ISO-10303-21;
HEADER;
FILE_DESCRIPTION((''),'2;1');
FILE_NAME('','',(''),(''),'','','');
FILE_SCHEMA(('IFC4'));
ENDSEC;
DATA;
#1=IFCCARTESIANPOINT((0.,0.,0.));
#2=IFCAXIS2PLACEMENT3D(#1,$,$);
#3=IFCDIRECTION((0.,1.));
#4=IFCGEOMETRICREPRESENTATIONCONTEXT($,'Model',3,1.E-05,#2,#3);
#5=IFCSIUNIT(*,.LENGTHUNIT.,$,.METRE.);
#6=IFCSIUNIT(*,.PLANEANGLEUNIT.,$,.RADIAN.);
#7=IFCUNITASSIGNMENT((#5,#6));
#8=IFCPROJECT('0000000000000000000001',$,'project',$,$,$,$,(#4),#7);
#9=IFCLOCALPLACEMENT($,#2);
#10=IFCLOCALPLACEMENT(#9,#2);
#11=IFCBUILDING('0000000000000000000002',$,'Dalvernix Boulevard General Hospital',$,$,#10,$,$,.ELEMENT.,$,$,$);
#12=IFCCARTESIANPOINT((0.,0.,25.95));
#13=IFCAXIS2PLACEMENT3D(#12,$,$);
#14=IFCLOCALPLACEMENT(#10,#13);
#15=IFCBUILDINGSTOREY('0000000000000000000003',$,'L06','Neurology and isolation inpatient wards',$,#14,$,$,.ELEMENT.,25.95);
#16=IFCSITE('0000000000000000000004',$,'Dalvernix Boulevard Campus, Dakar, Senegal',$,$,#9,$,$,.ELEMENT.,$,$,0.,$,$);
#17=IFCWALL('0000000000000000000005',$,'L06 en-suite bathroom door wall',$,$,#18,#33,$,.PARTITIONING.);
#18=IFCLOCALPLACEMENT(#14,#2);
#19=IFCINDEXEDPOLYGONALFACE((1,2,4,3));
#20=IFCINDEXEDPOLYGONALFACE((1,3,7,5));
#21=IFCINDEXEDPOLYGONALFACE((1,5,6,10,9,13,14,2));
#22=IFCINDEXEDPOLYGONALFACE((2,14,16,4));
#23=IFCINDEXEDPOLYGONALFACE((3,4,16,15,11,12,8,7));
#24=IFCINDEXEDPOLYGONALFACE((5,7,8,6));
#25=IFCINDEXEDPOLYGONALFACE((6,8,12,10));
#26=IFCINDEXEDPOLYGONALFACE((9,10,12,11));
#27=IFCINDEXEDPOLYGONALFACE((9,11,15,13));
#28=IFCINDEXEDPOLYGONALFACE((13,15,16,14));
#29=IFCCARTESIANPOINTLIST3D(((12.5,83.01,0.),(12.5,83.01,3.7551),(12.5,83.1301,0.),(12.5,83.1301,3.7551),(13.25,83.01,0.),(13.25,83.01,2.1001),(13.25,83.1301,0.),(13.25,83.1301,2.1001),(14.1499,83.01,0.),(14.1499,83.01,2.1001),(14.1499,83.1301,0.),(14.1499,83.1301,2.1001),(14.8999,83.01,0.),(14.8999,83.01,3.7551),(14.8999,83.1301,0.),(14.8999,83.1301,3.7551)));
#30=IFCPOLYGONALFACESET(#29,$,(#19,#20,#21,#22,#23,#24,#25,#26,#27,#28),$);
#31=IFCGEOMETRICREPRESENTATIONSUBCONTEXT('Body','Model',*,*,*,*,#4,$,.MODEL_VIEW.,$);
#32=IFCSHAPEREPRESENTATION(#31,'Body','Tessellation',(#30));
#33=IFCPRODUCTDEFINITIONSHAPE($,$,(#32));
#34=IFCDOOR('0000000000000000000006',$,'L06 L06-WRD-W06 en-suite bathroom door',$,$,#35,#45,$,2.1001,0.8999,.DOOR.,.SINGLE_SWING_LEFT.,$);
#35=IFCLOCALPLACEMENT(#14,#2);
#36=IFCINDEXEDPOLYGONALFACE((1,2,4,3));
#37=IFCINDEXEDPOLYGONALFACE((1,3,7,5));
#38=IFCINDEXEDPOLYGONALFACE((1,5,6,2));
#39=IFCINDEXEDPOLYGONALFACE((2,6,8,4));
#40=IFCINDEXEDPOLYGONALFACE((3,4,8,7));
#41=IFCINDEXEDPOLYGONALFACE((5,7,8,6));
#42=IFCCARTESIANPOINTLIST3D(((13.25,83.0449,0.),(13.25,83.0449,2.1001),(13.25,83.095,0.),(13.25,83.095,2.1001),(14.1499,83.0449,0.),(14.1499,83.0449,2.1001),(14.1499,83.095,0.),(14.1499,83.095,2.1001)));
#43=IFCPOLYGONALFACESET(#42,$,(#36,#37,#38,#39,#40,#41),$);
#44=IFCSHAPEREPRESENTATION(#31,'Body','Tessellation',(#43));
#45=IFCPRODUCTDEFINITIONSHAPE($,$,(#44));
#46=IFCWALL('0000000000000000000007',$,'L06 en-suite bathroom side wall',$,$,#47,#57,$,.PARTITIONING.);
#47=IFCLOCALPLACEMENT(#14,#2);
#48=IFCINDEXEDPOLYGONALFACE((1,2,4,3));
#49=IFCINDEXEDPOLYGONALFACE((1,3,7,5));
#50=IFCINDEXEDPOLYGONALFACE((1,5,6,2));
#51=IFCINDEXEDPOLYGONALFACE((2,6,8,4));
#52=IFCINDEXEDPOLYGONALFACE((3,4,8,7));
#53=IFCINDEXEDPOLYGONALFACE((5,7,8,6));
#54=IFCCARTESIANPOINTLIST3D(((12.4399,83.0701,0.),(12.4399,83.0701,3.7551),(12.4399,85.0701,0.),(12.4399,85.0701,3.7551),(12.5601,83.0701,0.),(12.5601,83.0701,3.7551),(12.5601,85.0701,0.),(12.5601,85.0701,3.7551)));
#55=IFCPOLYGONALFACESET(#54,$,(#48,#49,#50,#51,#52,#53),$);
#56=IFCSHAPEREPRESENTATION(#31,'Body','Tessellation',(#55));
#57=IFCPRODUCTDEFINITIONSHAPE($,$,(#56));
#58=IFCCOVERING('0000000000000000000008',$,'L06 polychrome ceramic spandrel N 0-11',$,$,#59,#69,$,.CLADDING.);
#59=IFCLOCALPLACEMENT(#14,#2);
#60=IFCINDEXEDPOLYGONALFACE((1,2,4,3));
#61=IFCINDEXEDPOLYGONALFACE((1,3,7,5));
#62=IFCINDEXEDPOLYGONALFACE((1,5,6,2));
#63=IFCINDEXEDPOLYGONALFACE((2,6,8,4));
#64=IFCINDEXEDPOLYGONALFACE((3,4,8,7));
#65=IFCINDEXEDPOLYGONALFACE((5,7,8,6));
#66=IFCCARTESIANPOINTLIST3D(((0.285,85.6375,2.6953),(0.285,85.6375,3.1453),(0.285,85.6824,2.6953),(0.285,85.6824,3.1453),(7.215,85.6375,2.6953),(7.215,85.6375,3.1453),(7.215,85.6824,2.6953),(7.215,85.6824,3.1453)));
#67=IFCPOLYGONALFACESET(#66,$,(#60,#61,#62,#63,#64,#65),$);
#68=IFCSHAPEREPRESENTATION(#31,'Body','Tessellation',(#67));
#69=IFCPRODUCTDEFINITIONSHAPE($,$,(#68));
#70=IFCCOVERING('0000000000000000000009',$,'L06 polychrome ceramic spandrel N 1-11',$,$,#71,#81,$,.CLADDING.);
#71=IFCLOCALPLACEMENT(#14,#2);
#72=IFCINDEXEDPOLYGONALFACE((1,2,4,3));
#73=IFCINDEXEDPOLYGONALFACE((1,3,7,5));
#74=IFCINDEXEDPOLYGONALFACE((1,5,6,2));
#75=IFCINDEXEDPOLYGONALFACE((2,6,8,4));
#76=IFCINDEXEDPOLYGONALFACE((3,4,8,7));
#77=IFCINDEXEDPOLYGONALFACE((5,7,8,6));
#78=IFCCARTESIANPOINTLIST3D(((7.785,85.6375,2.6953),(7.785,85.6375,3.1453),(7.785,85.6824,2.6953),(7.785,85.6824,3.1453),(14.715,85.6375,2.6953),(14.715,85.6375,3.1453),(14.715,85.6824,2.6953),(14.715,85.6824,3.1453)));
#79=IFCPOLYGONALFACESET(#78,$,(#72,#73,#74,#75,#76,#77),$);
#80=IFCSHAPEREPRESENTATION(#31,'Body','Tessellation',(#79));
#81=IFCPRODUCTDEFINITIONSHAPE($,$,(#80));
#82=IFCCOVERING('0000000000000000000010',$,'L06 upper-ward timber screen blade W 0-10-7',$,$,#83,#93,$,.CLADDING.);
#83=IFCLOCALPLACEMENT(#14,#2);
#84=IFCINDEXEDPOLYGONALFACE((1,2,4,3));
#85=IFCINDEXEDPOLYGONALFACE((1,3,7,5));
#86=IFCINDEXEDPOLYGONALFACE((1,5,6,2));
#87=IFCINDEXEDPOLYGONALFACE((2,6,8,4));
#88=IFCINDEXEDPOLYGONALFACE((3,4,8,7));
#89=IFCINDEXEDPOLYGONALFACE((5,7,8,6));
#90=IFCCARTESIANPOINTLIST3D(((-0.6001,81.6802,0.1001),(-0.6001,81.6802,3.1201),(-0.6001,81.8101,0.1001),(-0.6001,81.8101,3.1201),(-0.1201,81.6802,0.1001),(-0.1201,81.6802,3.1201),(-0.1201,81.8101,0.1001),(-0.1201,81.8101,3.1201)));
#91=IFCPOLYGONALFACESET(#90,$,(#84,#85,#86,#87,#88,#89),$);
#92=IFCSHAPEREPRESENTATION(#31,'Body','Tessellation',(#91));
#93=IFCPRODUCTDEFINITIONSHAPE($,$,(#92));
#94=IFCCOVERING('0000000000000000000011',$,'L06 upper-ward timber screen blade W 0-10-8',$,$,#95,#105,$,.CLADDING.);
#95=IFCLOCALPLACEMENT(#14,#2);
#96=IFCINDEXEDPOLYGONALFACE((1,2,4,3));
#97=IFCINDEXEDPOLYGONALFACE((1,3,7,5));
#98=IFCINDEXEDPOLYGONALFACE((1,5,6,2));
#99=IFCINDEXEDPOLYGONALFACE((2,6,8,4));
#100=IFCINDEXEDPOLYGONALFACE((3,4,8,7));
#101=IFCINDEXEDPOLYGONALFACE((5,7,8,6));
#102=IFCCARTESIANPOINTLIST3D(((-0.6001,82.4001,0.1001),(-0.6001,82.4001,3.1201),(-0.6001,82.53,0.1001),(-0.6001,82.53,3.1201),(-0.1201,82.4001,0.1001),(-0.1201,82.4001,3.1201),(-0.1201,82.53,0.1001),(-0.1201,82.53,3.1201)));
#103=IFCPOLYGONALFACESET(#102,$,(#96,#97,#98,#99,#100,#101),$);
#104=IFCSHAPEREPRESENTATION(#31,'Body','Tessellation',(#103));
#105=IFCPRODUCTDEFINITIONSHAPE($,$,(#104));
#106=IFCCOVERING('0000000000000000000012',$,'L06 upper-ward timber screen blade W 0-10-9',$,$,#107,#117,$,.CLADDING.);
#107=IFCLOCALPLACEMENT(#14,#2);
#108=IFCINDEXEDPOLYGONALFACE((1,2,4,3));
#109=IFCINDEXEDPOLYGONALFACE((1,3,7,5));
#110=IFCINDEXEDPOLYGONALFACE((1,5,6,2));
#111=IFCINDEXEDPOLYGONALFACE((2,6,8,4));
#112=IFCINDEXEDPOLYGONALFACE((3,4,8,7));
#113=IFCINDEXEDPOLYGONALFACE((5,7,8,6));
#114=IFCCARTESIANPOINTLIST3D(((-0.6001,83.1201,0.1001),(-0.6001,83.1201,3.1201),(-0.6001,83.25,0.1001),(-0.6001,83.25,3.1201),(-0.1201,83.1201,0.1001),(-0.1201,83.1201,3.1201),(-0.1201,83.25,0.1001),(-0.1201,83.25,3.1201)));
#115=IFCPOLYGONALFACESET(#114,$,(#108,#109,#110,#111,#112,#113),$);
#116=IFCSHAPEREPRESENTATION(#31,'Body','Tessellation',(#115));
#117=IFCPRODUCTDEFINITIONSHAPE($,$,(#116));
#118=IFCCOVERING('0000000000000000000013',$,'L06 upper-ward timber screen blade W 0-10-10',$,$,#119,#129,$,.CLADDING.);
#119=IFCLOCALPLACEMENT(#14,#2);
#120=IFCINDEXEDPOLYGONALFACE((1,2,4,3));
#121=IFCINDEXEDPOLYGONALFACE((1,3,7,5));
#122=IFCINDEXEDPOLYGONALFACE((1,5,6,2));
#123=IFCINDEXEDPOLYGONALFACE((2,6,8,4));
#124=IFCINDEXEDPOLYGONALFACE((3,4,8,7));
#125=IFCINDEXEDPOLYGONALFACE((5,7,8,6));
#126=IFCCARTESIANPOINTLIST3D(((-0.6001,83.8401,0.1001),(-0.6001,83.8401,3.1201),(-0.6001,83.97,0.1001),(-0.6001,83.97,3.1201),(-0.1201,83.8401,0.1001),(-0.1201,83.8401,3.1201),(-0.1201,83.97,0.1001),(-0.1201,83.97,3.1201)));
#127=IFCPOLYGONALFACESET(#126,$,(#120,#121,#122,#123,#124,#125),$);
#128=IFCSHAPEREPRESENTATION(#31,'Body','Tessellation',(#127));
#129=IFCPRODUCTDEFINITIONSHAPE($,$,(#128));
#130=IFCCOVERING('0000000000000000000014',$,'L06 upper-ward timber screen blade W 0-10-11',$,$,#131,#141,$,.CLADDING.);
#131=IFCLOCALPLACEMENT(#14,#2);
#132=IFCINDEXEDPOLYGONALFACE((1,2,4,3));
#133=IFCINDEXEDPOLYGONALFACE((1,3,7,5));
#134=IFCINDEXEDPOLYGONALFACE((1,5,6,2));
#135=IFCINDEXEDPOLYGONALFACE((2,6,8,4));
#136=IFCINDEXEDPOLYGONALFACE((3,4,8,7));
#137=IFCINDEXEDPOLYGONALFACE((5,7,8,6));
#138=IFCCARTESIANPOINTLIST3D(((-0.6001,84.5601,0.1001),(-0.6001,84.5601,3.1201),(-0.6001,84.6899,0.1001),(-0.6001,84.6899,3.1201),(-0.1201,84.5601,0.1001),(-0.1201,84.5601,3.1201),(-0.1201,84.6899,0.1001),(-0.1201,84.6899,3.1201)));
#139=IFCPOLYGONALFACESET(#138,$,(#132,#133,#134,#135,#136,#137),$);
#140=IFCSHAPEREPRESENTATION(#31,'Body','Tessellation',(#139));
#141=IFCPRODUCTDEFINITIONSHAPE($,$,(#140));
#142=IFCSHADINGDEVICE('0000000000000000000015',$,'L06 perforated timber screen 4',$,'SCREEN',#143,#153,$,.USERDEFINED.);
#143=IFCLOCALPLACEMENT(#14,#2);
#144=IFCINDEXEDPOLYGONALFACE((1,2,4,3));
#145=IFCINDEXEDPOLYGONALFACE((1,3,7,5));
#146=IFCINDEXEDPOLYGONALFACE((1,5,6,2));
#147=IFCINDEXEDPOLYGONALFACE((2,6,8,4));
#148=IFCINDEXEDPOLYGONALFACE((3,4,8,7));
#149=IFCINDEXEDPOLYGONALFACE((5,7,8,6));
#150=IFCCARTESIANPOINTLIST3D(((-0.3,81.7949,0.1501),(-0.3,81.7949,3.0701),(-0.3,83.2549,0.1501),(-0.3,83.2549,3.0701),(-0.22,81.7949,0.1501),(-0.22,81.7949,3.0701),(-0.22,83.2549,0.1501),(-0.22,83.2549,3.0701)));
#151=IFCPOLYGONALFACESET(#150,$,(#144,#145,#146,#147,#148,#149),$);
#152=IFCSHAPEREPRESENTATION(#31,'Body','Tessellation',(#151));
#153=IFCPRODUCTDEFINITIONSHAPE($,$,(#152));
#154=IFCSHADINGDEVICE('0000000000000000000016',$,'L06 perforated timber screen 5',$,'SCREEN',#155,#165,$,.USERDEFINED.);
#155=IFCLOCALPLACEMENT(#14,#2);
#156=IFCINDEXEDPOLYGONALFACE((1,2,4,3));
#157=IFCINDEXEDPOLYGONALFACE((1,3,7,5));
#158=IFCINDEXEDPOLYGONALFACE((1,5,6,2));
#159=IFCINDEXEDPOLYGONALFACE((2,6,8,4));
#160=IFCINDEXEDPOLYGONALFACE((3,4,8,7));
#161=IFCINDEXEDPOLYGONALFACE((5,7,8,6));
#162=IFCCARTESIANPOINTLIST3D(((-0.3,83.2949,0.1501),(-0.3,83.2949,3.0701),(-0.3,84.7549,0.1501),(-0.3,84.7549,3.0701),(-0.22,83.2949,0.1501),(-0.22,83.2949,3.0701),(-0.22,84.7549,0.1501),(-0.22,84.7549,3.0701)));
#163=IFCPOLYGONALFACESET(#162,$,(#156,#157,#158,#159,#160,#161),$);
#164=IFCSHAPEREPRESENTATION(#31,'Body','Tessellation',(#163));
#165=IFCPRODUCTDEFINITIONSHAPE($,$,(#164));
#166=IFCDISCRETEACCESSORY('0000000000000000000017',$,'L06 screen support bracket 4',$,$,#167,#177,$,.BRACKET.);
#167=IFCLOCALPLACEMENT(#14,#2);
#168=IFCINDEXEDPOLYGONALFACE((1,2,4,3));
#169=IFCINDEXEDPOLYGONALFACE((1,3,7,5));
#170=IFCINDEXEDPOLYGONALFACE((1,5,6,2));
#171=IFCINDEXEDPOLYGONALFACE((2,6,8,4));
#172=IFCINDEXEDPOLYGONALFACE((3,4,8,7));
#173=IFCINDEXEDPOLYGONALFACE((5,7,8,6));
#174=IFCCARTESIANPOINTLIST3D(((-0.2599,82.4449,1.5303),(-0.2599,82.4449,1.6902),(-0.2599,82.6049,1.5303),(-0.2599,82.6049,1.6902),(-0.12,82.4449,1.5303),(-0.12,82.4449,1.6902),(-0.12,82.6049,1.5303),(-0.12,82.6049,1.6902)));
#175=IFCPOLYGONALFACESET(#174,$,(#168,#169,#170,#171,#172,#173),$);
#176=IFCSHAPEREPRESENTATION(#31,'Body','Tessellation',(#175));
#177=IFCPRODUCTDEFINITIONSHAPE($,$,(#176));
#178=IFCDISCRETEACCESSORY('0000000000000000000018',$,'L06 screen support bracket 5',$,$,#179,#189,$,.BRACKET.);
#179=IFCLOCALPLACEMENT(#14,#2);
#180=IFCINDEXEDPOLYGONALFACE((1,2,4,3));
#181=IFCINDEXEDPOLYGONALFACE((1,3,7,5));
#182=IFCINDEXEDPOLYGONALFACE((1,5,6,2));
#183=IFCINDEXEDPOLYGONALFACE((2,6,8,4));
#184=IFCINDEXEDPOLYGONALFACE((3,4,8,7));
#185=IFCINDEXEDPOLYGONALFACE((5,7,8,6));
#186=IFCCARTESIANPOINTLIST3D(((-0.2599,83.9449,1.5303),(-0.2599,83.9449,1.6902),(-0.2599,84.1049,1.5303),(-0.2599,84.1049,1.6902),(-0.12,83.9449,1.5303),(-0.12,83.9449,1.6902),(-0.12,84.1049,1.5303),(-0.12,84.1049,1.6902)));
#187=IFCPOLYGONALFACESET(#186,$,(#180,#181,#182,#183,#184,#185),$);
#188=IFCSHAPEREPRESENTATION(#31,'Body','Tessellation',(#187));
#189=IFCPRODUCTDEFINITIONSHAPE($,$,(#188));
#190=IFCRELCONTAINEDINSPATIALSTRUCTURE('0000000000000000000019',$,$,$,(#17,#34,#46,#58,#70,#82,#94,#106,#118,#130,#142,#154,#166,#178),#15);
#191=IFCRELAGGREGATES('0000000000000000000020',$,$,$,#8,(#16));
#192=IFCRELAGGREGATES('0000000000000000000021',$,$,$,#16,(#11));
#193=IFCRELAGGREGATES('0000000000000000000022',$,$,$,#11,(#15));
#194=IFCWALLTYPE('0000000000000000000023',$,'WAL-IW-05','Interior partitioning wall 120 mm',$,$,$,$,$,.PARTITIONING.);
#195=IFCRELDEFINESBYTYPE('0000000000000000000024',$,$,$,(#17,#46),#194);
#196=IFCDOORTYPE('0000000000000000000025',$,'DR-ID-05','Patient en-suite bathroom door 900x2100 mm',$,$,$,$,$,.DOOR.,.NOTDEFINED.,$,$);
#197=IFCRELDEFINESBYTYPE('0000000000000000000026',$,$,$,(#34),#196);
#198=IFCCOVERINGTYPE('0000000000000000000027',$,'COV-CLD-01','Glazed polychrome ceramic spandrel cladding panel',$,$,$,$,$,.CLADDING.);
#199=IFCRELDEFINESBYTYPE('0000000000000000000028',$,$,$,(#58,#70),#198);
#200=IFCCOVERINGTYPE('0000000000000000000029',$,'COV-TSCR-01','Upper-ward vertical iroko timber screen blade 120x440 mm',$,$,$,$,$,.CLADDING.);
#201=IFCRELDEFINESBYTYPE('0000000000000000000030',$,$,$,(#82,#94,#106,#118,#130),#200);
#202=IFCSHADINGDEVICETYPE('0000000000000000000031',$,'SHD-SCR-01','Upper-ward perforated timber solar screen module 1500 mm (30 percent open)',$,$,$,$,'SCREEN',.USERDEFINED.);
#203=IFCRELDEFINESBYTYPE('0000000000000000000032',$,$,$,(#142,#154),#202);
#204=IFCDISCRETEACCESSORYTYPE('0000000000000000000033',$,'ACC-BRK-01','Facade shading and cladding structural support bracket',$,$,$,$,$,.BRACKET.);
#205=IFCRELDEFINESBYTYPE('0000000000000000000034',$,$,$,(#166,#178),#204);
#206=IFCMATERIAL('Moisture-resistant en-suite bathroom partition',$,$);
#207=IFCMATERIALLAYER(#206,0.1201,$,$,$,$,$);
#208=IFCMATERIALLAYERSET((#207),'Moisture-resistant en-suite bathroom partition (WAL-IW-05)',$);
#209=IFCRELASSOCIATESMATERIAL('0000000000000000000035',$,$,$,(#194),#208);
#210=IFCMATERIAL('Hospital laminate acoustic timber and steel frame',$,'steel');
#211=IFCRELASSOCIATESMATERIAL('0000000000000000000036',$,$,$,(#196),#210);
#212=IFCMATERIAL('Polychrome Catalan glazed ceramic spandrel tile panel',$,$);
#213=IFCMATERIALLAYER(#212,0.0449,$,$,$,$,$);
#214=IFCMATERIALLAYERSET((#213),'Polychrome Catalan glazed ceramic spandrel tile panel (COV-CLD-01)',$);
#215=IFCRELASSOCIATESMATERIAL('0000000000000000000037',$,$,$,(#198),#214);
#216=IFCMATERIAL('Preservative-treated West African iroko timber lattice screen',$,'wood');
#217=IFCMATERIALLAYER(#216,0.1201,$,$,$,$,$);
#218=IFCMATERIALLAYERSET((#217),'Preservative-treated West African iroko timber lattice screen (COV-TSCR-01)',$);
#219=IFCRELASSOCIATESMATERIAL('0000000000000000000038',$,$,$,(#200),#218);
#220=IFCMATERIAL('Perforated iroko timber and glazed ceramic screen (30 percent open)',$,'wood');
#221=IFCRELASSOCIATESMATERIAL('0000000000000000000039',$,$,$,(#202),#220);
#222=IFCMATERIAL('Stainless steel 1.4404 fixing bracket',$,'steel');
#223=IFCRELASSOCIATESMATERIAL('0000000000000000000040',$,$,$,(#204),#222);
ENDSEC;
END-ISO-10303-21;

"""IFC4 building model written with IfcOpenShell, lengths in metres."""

from ifc_helpers import new_model, si_unit, direction, frame, frame_2d, origin, origin_2d, place, context, subcontext, project, spatial, rectangle, extrude, material, layer, layer_set, type_object, element, fill, save


model = new_model("IFC4")

# Units and contexts
model_context = context("Model", 3, precision=1e-05, world=origin(), true_north=direction((0.0, 1.0)))
body_context = subcontext(model_context, "Body", "Model", "MODEL_VIEW")
ifc_project = project(units=[si_unit("LENGTHUNIT", "METRE"), si_unit("PLANEANGLEUNIT", "RADIAN")], contexts=[model_context])

# Site, building, storey
site_placement = place(None, origin())
site = spatial("IfcSite", under=ifc_project, at=site_placement, Name="Dalvernix Boulevard Campus, Dakar, Senegal", CompositionType="ELEMENT", RefElevation=0.0)
building_placement = place(site_placement, origin())
building = spatial("IfcBuilding", under=site, at=building_placement, Name="Dalvernix Boulevard General Hospital", CompositionType="ELEMENT")
storey_placement = place(building_placement, frame((0.0, 0.0, 25.95)))
storey = spatial("IfcBuildingStorey", under=building, at=storey_placement, Name="L06", Description="Neurology and isolation inpatient wards", CompositionType="ELEMENT", Elevation=25.95)

# Wall, opening, door
ifc_material_1 = material(Name="Moisture-resistant en-suite bathroom partition")
ifc_layer_1 = layer(ifc_material_1, 0.1201)
ifc_layer_set_1 = layer_set([ifc_layer_1], Name="Moisture-resistant en-suite bathroom partition (WAL-IW-05)")
wall_type_1 = type_object("IfcWallType", Name="WAL-IW-05", Description="Interior partitioning wall 120 mm", PredefinedType="PARTITIONING", material=ifc_layer_set_1)
wall_1_placement = place(storey_placement, frame((12.5, 83.0701, 0.0), z_axis=(0.0, 0.0, 1.0), x_axis=(1.0, 0.0, 0.0)))
wall_1 = element("IfcWall", 1, at=wall_1_placement, inside=storey, type_object=wall_type_1, Name="L06 en-suite bathroom door wall", PredefinedType="PARTITIONING", context=body_context, shape_type="SweptSolid", body=[
    extrude(rectangle(XDim=2.3999, YDim=0.1201, at=frame_2d((1.2, 0.0))), origin(), (0.0, 0.0, 1.0), 3.7551),
])
opening_1_placement = place(wall_1_placement, frame((0.75, 0.0, 0.0)))
opening_1 = element("IfcOpeningElement", 2, at=opening_1_placement, cuts=wall_1, PredefinedType="OPENING", context=body_context, shape_type="SweptSolid", body=[
    extrude(rectangle(XDim=0.8999, YDim=2.1001, at=frame_2d((0.45, 1.05))), frame((0.0, 0.0701, 0.0), z_axis=(0.0, -1.0, 0.0), x_axis=(1.0, 0.0, 0.0)), (0.0, 0.0, 1.0), 0.1401),
])
ifc_material_2 = material(Name="Hospital laminate acoustic timber and steel frame", Category="steel")
door_type_1 = type_object("IfcDoorType", Name="DR-ID-05", Description="Patient en-suite bathroom door 900x2100 mm", OperationType="NOTDEFINED", PredefinedType="DOOR", material=ifc_material_2)
door_1_placement = place(opening_1_placement, origin())
door_1 = element("IfcDoor", 3, at=door_1_placement, inside=storey, type_object=door_type_1, Name="L06 L06-WRD-W06 en-suite bathroom door", OperationType="SINGLE_SWING_LEFT", OverallHeight=2.1001, OverallWidth=0.8999, PredefinedType="DOOR", context=body_context, shape_type="SweptSolid", body=[
    extrude(rectangle(XDim=0.8999, YDim=2.1001, at=frame_2d((0.45, 1.05))), frame((0.0, 0.0249, 0.0), z_axis=(0.0, -1.0, 0.0), x_axis=(1.0, 0.0, 0.0)), (0.0, 0.0, 1.0), 0.05),
])
fill(opening_1, door_1)

# Wall
wall_2_placement = place(storey_placement, frame((12.5, 83.0701, 0.0), z_axis=(0.0, 0.0, 1.0), x_axis=(0.0, 1.0, 0.0)))
element("IfcWall", 4, at=wall_2_placement, inside=storey, type_object=wall_type_1, Name="L06 en-suite bathroom side wall", PredefinedType="PARTITIONING", context=body_context, shape_type="SweptSolid", body=[
    extrude(rectangle(XDim=2.0, YDim=0.1201, at=frame_2d((1.0, 0.0))), origin(), (0.0, 0.0, 1.0), 3.7551),
])

# Coverings
ifc_material_3 = material(Name="Polychrome Catalan glazed ceramic spandrel tile panel")
ifc_layer_2 = layer(ifc_material_3, 0.0449)
ifc_layer_set_2 = layer_set([ifc_layer_2], Name="Polychrome Catalan glazed ceramic spandrel tile panel (COV-CLD-01)")
covering_type_1 = type_object("IfcCoveringType", Name="COV-CLD-01", Description="Glazed polychrome ceramic spandrel cladding panel", PredefinedType="CLADDING", material=ifc_layer_set_2)
for number, where, z_axis, x_axis, name in (
    (5, (3.75, 85.6599, 2.6953), (0.0, 0.0, 1.0), (1.0, 0.0, 0.0), "L06 polychrome ceramic spandrel N 0-11"),
    (6, (11.25, 85.6599, 2.6953), (0.0, 0.0, 1.0), (1.0, 0.0, 0.0), "L06 polychrome ceramic spandrel N 1-11"),
):
    element("IfcCovering", number, at=place(storey_placement, frame(where, z_axis=z_axis, x_axis=x_axis)), inside=storey, type_object=covering_type_1, Name=name, PredefinedType="CLADDING", context=body_context, shape_type="SweptSolid", body=[
        extrude(rectangle(XDim=6.9299, YDim=0.0449, at=origin_2d()), origin(), (0.0, 0.0, 1.0), 0.45),
    ])
ifc_material_4 = material(Name="Preservative-treated West African iroko timber lattice screen", Category="wood")
ifc_layer_3 = layer(ifc_material_4, 0.1201)
ifc_layer_set_3 = layer_set([ifc_layer_3], Name="Preservative-treated West African iroko timber lattice screen (COV-TSCR-01)")
covering_type_2 = type_object("IfcCoveringType", Name="COV-TSCR-01", Description="Upper-ward vertical iroko timber screen blade 120x440 mm", PredefinedType="CLADDING", material=ifc_layer_set_3)
for number, where, z_axis, x_axis, name in (
    (7, (-0.3601, 81.7451, 0.1001), (0.0, 0.0, 1.0), (0.0, 1.0, 0.0), "L06 upper-ward timber screen blade W 0-10-7"),
    (8, (-0.3601, 82.4651, 0.1001), (0.0, 0.0, 1.0), (0.0, 1.0, 0.0), "L06 upper-ward timber screen blade W 0-10-8"),
    (9, (-0.3601, 83.1851, 0.1001), (0.0, 0.0, 1.0), (0.0, 1.0, 0.0), "L06 upper-ward timber screen blade W 0-10-9"),
    (10, (-0.3601, 83.905, 0.1001), (0.0, 0.0, 1.0), (0.0, 1.0, 0.0), "L06 upper-ward timber screen blade W 0-10-10"),
    (11, (-0.3601, 84.625, 0.1001), (0.0, 0.0, 1.0), (0.0, 1.0, 0.0), "L06 upper-ward timber screen blade W 0-10-11"),
):
    element("IfcCovering", number, at=place(storey_placement, frame(where, z_axis=z_axis, x_axis=x_axis)), inside=storey, type_object=covering_type_2, Name=name, PredefinedType="CLADDING", context=body_context, shape_type="SweptSolid", body=[
        extrude(rectangle(XDim=0.1299, YDim=0.48, at=origin_2d()), origin(), (0.0, 0.0, 1.0), 3.02),
    ])

# Shading devices
ifc_material_5 = material(Name="Perforated iroko timber and glazed ceramic screen (30 percent open)", Category="wood")
shading_device_type = type_object("IfcShadingDeviceType", Name="SHD-SCR-01", Description="Upper-ward perforated timber solar screen module 1500 mm (30 percent open)", ElementType="SCREEN", PredefinedType="USERDEFINED", material=ifc_material_5)
for number, where, z_axis, x_axis, name in (
    (12, (-0.26, 82.5249, 0.1501), (0.0, 0.0, 1.0), (0.0, 1.0, 0.0), "L06 perforated timber screen 4"),
    (13, (-0.26, 84.0249, 0.1501), (0.0, 0.0, 1.0), (0.0, 1.0, 0.0), "L06 perforated timber screen 5"),
):
    element("IfcShadingDevice", number, at=place(storey_placement, frame(where, z_axis=z_axis, x_axis=x_axis)), inside=storey, type_object=shading_device_type, Name=name, ObjectType="SCREEN", PredefinedType="USERDEFINED", context=body_context, shape_type="SweptSolid", body=[
        extrude(rectangle(XDim=1.46, YDim=0.0801, at=origin_2d()), origin(), (0.0, 0.0, 1.0), 2.9199),
    ])

# Discrete accessories
ifc_material_6 = material(Name="Stainless steel 1.4404 fixing bracket", Category="steel")
discrete_accessory_type = type_object("IfcDiscreteAccessoryType", Name="ACC-BRK-01", Description="Facade shading and cladding structural support bracket", PredefinedType="BRACKET", material=ifc_material_6)
for number, where, z_axis, x_axis, name in (
    (14, (-0.1899, 82.5249, 1.5303), (0.0, 0.0, 1.0), (0.0, 1.0, 0.0), "L06 screen support bracket 4"),
    (15, (-0.1899, 84.0249, 1.5303), (0.0, 0.0, 1.0), (0.0, 1.0, 0.0), "L06 screen support bracket 5"),
):
    element("IfcDiscreteAccessory", number, at=place(storey_placement, frame(where, z_axis=z_axis, x_axis=x_axis)), inside=storey, type_object=discrete_accessory_type, Name=name, PredefinedType="BRACKET", context=body_context, shape_type="SweptSolid", body=[
        extrude(rectangle(XDim=0.1599, YDim=0.1399, at=origin_2d()), origin(), (0.0, 0.0, 1.0), 0.1599),
    ])

save(model, "model.ifc")
